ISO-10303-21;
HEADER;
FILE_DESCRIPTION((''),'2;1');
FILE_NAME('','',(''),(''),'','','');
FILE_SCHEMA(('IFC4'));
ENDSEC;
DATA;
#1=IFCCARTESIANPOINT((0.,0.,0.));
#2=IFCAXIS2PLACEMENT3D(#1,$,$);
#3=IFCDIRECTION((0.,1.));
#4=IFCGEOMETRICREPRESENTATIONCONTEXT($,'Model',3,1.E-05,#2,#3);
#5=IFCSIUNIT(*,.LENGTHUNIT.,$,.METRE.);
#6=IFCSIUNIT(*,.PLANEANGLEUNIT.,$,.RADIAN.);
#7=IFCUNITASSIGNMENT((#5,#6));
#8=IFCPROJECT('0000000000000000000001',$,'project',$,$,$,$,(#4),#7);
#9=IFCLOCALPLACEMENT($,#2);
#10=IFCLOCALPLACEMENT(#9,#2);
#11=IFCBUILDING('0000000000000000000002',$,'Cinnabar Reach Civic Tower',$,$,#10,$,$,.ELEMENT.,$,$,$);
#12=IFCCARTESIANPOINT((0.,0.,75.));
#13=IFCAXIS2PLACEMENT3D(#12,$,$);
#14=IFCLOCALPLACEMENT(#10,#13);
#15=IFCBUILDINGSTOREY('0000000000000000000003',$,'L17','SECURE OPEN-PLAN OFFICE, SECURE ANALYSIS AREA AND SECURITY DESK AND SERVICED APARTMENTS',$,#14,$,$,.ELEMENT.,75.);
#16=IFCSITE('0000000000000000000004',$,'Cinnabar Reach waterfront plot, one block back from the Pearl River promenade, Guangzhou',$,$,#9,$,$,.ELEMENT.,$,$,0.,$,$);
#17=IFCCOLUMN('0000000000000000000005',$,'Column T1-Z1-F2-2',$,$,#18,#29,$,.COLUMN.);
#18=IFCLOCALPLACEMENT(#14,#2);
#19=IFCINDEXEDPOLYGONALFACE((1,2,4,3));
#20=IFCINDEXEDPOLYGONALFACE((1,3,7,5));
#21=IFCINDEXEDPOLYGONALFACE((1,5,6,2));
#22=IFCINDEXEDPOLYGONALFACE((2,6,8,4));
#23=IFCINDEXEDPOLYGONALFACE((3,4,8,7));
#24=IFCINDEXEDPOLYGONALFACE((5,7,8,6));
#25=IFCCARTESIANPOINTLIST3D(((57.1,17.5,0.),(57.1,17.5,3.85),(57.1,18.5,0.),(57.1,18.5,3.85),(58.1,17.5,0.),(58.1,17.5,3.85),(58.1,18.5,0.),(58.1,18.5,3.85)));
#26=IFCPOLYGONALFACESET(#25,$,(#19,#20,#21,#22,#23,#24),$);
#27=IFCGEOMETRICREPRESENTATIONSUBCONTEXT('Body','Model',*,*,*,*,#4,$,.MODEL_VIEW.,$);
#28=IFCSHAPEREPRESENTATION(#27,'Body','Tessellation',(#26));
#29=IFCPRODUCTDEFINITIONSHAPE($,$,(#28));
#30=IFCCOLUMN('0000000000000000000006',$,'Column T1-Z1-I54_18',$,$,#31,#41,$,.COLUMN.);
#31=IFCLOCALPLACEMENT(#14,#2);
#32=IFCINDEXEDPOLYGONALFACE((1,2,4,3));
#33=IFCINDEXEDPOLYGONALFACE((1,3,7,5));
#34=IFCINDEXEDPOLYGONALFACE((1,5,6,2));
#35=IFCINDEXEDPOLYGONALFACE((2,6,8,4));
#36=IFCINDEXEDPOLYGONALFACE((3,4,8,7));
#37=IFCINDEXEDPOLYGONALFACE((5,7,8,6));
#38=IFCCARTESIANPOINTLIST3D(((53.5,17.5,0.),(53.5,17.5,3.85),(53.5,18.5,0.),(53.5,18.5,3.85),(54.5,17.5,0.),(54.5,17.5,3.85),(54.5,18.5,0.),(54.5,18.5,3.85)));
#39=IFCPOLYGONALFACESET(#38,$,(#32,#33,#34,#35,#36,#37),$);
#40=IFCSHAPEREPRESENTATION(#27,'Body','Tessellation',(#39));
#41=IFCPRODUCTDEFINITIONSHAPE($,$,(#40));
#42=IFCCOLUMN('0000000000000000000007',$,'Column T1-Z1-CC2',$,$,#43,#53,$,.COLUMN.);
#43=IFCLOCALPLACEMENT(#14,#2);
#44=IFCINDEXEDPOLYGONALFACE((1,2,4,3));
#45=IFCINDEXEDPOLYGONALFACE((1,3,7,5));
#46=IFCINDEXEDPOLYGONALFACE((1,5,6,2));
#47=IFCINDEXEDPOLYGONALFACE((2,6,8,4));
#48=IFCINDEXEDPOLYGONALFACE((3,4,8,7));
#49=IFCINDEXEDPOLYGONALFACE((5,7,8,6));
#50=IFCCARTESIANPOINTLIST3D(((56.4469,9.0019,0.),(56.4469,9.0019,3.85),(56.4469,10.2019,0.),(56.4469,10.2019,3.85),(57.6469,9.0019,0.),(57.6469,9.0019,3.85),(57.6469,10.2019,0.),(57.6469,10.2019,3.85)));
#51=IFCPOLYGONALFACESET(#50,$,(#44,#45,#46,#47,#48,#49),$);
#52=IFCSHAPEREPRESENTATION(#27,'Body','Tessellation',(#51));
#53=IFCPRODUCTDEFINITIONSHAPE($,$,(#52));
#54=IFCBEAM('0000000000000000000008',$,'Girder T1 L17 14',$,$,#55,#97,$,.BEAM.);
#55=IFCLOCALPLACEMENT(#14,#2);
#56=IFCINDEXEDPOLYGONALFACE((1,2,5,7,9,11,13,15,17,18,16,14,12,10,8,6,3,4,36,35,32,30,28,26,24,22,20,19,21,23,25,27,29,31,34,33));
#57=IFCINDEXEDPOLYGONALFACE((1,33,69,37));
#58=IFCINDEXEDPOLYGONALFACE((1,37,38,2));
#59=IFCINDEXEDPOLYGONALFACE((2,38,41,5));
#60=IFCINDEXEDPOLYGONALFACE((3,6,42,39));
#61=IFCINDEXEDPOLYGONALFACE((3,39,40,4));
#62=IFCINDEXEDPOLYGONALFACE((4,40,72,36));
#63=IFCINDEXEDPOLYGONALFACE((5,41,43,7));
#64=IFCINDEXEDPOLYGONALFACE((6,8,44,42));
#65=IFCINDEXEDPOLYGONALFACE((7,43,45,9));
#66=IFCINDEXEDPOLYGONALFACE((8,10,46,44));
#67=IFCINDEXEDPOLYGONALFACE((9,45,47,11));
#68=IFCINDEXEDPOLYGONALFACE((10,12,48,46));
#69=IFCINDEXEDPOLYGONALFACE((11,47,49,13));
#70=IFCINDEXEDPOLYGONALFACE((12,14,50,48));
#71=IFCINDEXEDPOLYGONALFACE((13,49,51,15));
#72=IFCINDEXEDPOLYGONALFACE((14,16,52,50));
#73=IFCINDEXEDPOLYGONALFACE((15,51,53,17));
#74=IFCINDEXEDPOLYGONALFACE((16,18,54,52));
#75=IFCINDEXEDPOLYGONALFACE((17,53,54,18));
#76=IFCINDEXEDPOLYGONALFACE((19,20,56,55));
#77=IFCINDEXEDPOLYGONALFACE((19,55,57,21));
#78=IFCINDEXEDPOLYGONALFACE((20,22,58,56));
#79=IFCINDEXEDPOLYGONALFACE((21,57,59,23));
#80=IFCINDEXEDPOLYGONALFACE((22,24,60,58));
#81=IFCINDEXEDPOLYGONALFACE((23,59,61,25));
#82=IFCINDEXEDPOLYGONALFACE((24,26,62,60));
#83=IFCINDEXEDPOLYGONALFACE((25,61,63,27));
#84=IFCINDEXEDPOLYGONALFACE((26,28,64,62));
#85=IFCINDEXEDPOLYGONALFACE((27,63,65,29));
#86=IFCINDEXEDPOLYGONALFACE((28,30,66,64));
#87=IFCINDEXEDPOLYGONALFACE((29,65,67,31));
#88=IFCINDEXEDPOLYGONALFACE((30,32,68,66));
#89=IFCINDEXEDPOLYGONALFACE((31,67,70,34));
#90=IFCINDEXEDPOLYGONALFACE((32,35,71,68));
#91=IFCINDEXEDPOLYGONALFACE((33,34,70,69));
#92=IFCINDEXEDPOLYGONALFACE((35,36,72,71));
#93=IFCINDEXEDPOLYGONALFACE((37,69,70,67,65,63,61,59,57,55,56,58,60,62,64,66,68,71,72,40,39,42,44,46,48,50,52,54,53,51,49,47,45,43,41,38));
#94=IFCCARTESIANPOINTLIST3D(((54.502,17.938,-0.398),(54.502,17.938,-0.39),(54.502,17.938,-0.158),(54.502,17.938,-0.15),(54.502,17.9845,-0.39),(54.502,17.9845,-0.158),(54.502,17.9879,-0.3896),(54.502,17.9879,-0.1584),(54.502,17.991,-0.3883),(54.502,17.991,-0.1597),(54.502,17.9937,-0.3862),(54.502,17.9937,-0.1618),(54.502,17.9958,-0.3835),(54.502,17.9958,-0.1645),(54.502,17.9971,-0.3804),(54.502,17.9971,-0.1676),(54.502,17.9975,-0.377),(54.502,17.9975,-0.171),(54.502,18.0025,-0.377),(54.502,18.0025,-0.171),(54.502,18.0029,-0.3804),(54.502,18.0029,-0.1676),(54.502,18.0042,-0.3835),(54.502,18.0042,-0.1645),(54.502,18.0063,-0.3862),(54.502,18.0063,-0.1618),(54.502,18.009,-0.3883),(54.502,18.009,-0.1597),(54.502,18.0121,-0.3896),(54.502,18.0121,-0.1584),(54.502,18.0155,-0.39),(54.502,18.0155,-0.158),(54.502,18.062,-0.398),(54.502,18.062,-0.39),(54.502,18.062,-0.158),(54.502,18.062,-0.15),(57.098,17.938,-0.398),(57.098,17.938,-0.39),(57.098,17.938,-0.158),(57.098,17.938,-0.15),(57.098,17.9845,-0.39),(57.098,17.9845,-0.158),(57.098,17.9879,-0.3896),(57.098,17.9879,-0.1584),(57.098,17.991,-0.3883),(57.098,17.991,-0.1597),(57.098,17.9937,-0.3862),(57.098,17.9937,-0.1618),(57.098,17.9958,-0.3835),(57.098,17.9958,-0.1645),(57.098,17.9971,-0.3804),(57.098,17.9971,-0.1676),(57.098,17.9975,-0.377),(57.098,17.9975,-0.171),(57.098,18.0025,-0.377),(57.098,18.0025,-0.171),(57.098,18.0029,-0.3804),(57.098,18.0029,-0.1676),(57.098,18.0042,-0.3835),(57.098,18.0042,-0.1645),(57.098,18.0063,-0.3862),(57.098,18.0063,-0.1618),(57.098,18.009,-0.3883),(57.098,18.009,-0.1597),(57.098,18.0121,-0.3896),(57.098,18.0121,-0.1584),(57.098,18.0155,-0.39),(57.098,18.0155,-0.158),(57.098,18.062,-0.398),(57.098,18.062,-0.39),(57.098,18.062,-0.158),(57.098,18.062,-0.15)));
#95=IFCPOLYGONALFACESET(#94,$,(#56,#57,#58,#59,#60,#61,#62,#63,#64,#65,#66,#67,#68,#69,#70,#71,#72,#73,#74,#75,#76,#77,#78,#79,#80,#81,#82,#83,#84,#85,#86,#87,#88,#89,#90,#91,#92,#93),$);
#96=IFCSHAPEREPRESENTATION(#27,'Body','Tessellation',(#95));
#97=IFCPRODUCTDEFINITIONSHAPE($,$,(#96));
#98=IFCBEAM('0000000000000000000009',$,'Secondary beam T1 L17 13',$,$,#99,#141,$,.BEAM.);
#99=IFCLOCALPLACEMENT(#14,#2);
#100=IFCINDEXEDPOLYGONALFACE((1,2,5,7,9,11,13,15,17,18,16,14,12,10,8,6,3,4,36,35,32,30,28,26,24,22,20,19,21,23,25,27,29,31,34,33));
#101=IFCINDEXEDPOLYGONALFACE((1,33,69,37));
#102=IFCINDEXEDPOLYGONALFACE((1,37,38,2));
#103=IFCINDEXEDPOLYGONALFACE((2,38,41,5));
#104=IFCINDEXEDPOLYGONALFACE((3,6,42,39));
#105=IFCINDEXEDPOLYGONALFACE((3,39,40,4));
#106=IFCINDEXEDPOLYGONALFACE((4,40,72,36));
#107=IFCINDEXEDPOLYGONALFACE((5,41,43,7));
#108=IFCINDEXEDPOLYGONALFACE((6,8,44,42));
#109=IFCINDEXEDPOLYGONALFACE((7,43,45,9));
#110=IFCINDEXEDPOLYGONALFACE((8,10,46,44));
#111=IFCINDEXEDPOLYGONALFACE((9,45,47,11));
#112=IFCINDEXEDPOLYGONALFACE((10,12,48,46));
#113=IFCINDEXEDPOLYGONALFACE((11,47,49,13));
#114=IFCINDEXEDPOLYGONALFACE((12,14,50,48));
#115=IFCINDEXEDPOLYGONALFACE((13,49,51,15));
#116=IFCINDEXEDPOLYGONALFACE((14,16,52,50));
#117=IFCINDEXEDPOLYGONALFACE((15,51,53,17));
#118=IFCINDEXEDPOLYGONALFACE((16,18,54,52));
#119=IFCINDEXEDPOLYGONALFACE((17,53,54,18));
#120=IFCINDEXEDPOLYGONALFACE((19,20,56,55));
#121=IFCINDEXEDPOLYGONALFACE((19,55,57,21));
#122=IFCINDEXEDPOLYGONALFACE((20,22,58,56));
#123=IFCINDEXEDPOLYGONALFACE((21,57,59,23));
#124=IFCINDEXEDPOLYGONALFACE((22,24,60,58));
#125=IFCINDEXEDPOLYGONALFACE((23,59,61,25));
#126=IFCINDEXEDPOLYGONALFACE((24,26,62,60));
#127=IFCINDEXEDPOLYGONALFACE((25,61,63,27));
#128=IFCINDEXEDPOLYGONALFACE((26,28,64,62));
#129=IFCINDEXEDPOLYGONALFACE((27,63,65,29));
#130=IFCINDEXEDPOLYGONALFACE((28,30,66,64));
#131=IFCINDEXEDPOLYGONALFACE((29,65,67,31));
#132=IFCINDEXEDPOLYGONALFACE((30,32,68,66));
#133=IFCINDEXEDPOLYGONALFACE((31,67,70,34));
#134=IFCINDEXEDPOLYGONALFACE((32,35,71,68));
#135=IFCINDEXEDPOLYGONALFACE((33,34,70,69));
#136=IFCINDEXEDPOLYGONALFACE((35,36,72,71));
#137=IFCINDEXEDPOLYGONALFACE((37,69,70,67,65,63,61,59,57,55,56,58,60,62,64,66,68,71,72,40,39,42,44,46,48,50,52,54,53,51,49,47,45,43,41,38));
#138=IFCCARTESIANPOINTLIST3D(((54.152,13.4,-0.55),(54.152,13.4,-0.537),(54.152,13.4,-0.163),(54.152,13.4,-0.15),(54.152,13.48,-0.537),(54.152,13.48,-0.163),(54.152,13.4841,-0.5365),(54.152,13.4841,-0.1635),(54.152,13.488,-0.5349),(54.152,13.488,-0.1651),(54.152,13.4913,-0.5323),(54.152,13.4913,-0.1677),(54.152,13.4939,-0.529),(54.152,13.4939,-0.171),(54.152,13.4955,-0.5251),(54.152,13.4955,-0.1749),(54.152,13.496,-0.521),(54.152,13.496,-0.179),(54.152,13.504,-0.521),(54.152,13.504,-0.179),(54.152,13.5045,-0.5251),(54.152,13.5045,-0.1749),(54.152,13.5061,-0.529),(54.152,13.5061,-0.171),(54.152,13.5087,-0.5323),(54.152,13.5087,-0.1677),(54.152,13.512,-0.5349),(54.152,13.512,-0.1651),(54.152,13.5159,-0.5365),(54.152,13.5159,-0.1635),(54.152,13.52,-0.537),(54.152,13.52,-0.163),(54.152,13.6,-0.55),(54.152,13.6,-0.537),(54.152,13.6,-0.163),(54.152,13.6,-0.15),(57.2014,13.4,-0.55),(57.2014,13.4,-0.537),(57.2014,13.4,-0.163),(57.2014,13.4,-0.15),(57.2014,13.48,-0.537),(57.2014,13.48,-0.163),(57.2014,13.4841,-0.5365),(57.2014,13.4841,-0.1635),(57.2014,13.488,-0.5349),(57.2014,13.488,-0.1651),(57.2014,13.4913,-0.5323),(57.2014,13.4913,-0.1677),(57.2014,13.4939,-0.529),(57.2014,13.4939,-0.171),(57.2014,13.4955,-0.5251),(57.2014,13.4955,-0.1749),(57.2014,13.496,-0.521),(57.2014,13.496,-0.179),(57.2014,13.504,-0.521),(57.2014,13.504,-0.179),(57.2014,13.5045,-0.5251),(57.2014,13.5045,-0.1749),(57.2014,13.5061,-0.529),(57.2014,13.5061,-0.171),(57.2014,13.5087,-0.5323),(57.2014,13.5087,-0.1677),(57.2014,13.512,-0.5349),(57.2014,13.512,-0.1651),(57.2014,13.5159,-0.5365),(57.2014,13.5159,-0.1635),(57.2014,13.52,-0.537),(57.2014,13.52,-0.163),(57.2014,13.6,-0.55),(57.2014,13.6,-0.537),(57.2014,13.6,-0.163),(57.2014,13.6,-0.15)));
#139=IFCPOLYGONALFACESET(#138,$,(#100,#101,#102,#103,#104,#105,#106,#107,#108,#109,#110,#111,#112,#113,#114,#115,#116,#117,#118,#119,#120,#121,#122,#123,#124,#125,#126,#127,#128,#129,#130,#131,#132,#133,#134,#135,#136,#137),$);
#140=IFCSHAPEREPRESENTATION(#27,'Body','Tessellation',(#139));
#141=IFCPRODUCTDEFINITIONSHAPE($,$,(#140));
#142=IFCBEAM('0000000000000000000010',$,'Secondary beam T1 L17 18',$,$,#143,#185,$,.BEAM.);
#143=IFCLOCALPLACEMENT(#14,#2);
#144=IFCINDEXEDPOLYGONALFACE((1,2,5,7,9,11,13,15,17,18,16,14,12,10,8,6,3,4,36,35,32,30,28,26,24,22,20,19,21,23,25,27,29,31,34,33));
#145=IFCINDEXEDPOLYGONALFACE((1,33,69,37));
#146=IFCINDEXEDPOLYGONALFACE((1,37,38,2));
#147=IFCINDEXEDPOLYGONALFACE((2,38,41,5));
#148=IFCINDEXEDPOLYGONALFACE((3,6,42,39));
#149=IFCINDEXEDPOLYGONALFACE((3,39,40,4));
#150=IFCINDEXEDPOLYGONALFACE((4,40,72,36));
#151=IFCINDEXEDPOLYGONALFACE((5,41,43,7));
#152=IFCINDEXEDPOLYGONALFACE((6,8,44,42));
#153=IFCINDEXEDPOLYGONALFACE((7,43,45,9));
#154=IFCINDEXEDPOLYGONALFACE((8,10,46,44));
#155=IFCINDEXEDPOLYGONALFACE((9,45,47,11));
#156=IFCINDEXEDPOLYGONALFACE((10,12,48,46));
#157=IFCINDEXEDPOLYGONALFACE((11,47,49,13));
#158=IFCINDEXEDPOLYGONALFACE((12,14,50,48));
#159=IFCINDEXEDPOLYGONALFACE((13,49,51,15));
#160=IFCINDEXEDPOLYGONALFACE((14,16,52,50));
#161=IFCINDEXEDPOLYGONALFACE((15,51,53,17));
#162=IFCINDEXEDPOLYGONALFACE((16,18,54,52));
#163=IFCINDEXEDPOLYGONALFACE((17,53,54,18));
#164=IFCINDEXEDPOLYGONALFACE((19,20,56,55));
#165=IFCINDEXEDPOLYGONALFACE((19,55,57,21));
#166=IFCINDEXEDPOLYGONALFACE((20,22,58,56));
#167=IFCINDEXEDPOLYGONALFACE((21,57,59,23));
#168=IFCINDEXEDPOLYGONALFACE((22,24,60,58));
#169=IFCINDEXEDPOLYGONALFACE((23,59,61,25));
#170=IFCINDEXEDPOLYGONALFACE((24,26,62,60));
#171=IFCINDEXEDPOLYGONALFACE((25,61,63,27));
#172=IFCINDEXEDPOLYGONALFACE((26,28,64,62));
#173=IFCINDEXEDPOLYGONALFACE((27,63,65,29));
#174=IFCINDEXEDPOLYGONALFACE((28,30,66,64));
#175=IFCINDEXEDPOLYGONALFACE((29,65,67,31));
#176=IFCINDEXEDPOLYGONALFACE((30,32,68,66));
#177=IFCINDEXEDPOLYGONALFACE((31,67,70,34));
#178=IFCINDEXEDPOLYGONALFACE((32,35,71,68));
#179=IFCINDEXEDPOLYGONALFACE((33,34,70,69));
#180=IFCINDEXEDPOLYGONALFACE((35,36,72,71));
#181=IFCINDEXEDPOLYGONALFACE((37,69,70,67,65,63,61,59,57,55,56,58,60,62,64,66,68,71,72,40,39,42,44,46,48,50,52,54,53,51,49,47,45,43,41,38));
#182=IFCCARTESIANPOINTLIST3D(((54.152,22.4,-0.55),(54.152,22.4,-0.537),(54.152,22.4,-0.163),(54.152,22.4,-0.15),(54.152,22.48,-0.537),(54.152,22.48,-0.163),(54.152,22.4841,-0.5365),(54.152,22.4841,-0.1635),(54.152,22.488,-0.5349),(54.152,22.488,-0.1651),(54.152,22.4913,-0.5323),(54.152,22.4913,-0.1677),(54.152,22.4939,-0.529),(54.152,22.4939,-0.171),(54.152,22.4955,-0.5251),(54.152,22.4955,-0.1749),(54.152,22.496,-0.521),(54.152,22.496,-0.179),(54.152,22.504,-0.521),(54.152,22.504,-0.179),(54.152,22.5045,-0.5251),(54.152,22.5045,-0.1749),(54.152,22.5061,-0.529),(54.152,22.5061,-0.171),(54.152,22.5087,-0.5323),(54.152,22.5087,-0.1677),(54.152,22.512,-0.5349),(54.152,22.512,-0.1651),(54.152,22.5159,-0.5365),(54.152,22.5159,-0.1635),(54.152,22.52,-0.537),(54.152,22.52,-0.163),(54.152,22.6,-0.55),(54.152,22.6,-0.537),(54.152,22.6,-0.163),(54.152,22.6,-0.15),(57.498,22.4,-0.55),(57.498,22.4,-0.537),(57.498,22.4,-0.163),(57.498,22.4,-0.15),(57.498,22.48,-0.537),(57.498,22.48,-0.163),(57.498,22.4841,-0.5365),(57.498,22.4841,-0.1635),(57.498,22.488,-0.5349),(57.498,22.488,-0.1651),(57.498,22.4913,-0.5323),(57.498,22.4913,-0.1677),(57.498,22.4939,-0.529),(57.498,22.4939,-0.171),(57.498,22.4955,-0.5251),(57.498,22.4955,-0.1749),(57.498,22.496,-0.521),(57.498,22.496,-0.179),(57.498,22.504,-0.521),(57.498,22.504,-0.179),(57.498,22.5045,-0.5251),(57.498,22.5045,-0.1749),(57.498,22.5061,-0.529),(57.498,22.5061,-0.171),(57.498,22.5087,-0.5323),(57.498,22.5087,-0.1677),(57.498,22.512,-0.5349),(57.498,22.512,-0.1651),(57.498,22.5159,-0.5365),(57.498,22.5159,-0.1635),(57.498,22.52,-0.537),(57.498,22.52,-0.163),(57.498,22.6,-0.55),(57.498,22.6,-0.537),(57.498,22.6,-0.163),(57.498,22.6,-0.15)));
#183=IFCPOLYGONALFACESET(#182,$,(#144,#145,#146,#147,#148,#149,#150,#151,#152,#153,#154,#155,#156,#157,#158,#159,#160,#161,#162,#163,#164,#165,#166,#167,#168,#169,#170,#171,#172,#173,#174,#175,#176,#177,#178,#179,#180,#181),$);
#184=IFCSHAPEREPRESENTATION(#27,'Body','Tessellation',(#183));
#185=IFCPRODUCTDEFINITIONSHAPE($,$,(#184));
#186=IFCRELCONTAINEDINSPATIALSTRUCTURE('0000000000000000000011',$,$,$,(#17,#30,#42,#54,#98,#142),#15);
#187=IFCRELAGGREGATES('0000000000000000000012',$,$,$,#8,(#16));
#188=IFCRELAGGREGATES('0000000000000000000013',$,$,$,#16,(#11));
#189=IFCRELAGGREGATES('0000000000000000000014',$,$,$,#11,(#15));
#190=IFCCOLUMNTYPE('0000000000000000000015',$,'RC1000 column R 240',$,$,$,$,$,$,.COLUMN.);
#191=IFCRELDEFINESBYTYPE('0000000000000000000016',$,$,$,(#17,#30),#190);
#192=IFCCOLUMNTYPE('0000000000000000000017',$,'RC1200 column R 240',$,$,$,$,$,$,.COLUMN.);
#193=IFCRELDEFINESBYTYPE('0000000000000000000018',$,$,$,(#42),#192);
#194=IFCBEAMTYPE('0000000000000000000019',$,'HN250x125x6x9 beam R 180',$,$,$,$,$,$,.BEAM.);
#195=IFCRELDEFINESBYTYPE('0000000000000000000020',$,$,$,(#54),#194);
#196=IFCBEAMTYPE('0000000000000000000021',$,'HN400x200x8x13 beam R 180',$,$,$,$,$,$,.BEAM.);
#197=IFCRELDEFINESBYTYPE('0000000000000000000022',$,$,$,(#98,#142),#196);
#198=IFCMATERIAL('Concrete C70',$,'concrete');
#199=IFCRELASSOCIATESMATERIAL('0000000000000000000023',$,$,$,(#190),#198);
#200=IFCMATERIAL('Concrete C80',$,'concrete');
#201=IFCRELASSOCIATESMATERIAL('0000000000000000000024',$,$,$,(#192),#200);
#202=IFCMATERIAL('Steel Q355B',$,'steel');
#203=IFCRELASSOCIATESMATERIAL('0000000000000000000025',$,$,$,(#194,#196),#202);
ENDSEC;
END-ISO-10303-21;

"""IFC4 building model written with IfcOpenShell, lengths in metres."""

from ifc_helpers import new_model, si_unit, direction, frame, origin, origin_2d, place, context, subcontext, project, spatial, rectangle, i_section, extrude, material, material_profile, profile_set, type_object, element, save


model = new_model("IFC4")

# Units and contexts
model_context = context("Model", 3, precision=1e-05, world=origin(), true_north=direction((0.0, 1.0)))
body_context = subcontext(model_context, "Body", "Model", "MODEL_VIEW")
ifc_project = project(units=[si_unit("LENGTHUNIT", "METRE"), si_unit("PLANEANGLEUNIT", "RADIAN")], contexts=[model_context])

# Site, building, storey
site_placement = place(None, origin())
site = spatial("IfcSite", under=ifc_project, at=site_placement, Name="Cinnabar Reach waterfront plot, one block back from the Pearl River promenade, Guangzhou", CompositionType="ELEMENT", RefElevation=0.0)
building_placement = place(site_placement, origin())
building = spatial("IfcBuilding", under=site, at=building_placement, Name="Cinnabar Reach Civic Tower", CompositionType="ELEMENT")
storey_placement = place(building_placement, frame((0.0, 0.0, 75.0)))
storey = spatial("IfcBuildingStorey", under=building, at=storey_placement, Name="L17", Description="SECURE OPEN-PLAN OFFICE, SECURE ANALYSIS AREA AND SECURITY DESK AND SERVICED APARTMENTS", CompositionType="ELEMENT", Elevation=75.0)

# Columns
ifc_material_1 = material(Name="Concrete C70", Category="concrete")
ifc_material_profile_1 = material_profile(ifc_material_1, rectangle(XDim=1.0, YDim=1.0, at=origin_2d()), Name="RC1000")
ifc_profile_set_1 = profile_set([ifc_material_profile_1], Name="Concrete C70")
column_type_1 = type_object("IfcColumnType", Name="RC1000 column R 240", PredefinedType="COLUMN", material=ifc_profile_set_1)
for number, where, z_axis, x_axis, name in (
    (1, (57.6, 18.0, 0.0), (0.0, 0.0, 1.0), (1.0, 0.0, 0.0), "Column T1-Z1-F2-2"),
    (2, (54.0, 18.0, 0.0), (0.0, 0.0, 1.0), (1.0, 0.0, 0.0), "Column T1-Z1-I54_18"),
):
    element("IfcColumn", number, at=place(storey_placement, frame(where, z_axis=z_axis, x_axis=x_axis)), inside=storey, type_object=column_type_1, Name=name, PredefinedType="COLUMN", context=body_context, shape_type="SweptSolid", body=[
        extrude(rectangle(XDim=1.0, YDim=1.0, at=origin_2d()), origin(), (0.0, 0.0, 1.0), 3.85),
    ])
ifc_material_2 = material(Name="Concrete C80", Category="concrete")
ifc_material_profile_2 = material_profile(ifc_material_2, rectangle(XDim=1.2, YDim=1.2, at=origin_2d()), Name="RC1200")
ifc_profile_set_2 = profile_set([ifc_material_profile_2], Name="Concrete C80")
column_type_2 = type_object("IfcColumnType", Name="RC1200 column R 240", PredefinedType="COLUMN", material=ifc_profile_set_2)
column_placement = place(storey_placement, frame((57.0469, 9.6019, 0.0), z_axis=(0.0, 0.0, 1.0), x_axis=(1.0, 0.0, 0.0)))
element("IfcColumn", 3, at=column_placement, inside=storey, type_object=column_type_2, Name="Column T1-Z1-CC2", PredefinedType="COLUMN", context=body_context, shape_type="SweptSolid", body=[
    extrude(rectangle(XDim=1.2, YDim=1.2, at=origin_2d()), origin(), (0.0, 0.0, 1.0), 3.85),
])

# Beams
ifc_material_3 = material(Name="Steel Q355B", Category="steel")
ifc_material_profile_3 = material_profile(ifc_material_3, i_section(OverallWidth=0.124, OverallDepth=0.248, WebThickness=0.005, FlangeThickness=0.008, FilletRadius=0.013, at=origin_2d()), Name="HN250x125x6x9")
ifc_profile_set_3 = profile_set([ifc_material_profile_3], Name="Steel Q355B")
beam_type_1 = type_object("IfcBeamType", Name="HN250x125x6x9 beam R 180", PredefinedType="BEAM", material=ifc_profile_set_3)
beam_1_placement = place(storey_placement, frame((54.502, 18.0, -0.274), z_axis=(1.0, 0.0, 0.0), x_axis=(0.0, 1.0, 0.0)))
element("IfcBeam", 4, at=beam_1_placement, inside=storey, type_object=beam_type_1, Name="Girder T1 L17 14", PredefinedType="BEAM", context=body_context, shape_type="SweptSolid", body=[
    extrude(i_section(OverallWidth=0.124, OverallDepth=0.248, WebThickness=0.005, FlangeThickness=0.008, FilletRadius=0.013, at=origin_2d()), origin(), (0.0, 0.0, 1.0), 2.596),
])
ifc_material_profile_4 = material_profile(ifc_material_3, i_section(OverallWidth=0.2, OverallDepth=0.4, WebThickness=0.008, FlangeThickness=0.013, FilletRadius=0.016, at=origin_2d()), Name="HN400x200x8x13")
ifc_profile_set_4 = profile_set([ifc_material_profile_4], Name="Steel Q355B")
beam_type_2 = type_object("IfcBeamType", Name="HN400x200x8x13 beam R 180", PredefinedType="BEAM", material=ifc_profile_set_4)
beam_2_placement = place(storey_placement, frame((54.152, 13.5, -0.35), z_axis=(1.0, 0.0, 0.0), x_axis=(0.0, 1.0, 0.0)))
element("IfcBeam", 5, at=beam_2_placement, inside=storey, type_object=beam_type_2, Name="Secondary beam T1 L17 13", PredefinedType="BEAM", context=body_context, shape_type="SweptSolid", body=[
    extrude(i_section(OverallWidth=0.2, OverallDepth=0.4, WebThickness=0.008, FlangeThickness=0.013, FilletRadius=0.016, at=origin_2d()), origin(), (0.0, 0.0, 1.0), 3.0494),
])
beam_3_placement = place(storey_placement, frame((54.152, 22.5, -0.35), z_axis=(1.0, 0.0, 0.0), x_axis=(0.0, 1.0, 0.0)))
element("IfcBeam", 6, at=beam_3_placement, inside=storey, type_object=beam_type_2, Name="Secondary beam T1 L17 18", PredefinedType="BEAM", context=body_context, shape_type="SweptSolid", body=[
    extrude(i_section(OverallWidth=0.2, OverallDepth=0.4, WebThickness=0.008, FlangeThickness=0.013, FilletRadius=0.016, at=origin_2d()), origin(), (0.0, 0.0, 1.0), 3.346),
])

save(model, "model.ifc")
